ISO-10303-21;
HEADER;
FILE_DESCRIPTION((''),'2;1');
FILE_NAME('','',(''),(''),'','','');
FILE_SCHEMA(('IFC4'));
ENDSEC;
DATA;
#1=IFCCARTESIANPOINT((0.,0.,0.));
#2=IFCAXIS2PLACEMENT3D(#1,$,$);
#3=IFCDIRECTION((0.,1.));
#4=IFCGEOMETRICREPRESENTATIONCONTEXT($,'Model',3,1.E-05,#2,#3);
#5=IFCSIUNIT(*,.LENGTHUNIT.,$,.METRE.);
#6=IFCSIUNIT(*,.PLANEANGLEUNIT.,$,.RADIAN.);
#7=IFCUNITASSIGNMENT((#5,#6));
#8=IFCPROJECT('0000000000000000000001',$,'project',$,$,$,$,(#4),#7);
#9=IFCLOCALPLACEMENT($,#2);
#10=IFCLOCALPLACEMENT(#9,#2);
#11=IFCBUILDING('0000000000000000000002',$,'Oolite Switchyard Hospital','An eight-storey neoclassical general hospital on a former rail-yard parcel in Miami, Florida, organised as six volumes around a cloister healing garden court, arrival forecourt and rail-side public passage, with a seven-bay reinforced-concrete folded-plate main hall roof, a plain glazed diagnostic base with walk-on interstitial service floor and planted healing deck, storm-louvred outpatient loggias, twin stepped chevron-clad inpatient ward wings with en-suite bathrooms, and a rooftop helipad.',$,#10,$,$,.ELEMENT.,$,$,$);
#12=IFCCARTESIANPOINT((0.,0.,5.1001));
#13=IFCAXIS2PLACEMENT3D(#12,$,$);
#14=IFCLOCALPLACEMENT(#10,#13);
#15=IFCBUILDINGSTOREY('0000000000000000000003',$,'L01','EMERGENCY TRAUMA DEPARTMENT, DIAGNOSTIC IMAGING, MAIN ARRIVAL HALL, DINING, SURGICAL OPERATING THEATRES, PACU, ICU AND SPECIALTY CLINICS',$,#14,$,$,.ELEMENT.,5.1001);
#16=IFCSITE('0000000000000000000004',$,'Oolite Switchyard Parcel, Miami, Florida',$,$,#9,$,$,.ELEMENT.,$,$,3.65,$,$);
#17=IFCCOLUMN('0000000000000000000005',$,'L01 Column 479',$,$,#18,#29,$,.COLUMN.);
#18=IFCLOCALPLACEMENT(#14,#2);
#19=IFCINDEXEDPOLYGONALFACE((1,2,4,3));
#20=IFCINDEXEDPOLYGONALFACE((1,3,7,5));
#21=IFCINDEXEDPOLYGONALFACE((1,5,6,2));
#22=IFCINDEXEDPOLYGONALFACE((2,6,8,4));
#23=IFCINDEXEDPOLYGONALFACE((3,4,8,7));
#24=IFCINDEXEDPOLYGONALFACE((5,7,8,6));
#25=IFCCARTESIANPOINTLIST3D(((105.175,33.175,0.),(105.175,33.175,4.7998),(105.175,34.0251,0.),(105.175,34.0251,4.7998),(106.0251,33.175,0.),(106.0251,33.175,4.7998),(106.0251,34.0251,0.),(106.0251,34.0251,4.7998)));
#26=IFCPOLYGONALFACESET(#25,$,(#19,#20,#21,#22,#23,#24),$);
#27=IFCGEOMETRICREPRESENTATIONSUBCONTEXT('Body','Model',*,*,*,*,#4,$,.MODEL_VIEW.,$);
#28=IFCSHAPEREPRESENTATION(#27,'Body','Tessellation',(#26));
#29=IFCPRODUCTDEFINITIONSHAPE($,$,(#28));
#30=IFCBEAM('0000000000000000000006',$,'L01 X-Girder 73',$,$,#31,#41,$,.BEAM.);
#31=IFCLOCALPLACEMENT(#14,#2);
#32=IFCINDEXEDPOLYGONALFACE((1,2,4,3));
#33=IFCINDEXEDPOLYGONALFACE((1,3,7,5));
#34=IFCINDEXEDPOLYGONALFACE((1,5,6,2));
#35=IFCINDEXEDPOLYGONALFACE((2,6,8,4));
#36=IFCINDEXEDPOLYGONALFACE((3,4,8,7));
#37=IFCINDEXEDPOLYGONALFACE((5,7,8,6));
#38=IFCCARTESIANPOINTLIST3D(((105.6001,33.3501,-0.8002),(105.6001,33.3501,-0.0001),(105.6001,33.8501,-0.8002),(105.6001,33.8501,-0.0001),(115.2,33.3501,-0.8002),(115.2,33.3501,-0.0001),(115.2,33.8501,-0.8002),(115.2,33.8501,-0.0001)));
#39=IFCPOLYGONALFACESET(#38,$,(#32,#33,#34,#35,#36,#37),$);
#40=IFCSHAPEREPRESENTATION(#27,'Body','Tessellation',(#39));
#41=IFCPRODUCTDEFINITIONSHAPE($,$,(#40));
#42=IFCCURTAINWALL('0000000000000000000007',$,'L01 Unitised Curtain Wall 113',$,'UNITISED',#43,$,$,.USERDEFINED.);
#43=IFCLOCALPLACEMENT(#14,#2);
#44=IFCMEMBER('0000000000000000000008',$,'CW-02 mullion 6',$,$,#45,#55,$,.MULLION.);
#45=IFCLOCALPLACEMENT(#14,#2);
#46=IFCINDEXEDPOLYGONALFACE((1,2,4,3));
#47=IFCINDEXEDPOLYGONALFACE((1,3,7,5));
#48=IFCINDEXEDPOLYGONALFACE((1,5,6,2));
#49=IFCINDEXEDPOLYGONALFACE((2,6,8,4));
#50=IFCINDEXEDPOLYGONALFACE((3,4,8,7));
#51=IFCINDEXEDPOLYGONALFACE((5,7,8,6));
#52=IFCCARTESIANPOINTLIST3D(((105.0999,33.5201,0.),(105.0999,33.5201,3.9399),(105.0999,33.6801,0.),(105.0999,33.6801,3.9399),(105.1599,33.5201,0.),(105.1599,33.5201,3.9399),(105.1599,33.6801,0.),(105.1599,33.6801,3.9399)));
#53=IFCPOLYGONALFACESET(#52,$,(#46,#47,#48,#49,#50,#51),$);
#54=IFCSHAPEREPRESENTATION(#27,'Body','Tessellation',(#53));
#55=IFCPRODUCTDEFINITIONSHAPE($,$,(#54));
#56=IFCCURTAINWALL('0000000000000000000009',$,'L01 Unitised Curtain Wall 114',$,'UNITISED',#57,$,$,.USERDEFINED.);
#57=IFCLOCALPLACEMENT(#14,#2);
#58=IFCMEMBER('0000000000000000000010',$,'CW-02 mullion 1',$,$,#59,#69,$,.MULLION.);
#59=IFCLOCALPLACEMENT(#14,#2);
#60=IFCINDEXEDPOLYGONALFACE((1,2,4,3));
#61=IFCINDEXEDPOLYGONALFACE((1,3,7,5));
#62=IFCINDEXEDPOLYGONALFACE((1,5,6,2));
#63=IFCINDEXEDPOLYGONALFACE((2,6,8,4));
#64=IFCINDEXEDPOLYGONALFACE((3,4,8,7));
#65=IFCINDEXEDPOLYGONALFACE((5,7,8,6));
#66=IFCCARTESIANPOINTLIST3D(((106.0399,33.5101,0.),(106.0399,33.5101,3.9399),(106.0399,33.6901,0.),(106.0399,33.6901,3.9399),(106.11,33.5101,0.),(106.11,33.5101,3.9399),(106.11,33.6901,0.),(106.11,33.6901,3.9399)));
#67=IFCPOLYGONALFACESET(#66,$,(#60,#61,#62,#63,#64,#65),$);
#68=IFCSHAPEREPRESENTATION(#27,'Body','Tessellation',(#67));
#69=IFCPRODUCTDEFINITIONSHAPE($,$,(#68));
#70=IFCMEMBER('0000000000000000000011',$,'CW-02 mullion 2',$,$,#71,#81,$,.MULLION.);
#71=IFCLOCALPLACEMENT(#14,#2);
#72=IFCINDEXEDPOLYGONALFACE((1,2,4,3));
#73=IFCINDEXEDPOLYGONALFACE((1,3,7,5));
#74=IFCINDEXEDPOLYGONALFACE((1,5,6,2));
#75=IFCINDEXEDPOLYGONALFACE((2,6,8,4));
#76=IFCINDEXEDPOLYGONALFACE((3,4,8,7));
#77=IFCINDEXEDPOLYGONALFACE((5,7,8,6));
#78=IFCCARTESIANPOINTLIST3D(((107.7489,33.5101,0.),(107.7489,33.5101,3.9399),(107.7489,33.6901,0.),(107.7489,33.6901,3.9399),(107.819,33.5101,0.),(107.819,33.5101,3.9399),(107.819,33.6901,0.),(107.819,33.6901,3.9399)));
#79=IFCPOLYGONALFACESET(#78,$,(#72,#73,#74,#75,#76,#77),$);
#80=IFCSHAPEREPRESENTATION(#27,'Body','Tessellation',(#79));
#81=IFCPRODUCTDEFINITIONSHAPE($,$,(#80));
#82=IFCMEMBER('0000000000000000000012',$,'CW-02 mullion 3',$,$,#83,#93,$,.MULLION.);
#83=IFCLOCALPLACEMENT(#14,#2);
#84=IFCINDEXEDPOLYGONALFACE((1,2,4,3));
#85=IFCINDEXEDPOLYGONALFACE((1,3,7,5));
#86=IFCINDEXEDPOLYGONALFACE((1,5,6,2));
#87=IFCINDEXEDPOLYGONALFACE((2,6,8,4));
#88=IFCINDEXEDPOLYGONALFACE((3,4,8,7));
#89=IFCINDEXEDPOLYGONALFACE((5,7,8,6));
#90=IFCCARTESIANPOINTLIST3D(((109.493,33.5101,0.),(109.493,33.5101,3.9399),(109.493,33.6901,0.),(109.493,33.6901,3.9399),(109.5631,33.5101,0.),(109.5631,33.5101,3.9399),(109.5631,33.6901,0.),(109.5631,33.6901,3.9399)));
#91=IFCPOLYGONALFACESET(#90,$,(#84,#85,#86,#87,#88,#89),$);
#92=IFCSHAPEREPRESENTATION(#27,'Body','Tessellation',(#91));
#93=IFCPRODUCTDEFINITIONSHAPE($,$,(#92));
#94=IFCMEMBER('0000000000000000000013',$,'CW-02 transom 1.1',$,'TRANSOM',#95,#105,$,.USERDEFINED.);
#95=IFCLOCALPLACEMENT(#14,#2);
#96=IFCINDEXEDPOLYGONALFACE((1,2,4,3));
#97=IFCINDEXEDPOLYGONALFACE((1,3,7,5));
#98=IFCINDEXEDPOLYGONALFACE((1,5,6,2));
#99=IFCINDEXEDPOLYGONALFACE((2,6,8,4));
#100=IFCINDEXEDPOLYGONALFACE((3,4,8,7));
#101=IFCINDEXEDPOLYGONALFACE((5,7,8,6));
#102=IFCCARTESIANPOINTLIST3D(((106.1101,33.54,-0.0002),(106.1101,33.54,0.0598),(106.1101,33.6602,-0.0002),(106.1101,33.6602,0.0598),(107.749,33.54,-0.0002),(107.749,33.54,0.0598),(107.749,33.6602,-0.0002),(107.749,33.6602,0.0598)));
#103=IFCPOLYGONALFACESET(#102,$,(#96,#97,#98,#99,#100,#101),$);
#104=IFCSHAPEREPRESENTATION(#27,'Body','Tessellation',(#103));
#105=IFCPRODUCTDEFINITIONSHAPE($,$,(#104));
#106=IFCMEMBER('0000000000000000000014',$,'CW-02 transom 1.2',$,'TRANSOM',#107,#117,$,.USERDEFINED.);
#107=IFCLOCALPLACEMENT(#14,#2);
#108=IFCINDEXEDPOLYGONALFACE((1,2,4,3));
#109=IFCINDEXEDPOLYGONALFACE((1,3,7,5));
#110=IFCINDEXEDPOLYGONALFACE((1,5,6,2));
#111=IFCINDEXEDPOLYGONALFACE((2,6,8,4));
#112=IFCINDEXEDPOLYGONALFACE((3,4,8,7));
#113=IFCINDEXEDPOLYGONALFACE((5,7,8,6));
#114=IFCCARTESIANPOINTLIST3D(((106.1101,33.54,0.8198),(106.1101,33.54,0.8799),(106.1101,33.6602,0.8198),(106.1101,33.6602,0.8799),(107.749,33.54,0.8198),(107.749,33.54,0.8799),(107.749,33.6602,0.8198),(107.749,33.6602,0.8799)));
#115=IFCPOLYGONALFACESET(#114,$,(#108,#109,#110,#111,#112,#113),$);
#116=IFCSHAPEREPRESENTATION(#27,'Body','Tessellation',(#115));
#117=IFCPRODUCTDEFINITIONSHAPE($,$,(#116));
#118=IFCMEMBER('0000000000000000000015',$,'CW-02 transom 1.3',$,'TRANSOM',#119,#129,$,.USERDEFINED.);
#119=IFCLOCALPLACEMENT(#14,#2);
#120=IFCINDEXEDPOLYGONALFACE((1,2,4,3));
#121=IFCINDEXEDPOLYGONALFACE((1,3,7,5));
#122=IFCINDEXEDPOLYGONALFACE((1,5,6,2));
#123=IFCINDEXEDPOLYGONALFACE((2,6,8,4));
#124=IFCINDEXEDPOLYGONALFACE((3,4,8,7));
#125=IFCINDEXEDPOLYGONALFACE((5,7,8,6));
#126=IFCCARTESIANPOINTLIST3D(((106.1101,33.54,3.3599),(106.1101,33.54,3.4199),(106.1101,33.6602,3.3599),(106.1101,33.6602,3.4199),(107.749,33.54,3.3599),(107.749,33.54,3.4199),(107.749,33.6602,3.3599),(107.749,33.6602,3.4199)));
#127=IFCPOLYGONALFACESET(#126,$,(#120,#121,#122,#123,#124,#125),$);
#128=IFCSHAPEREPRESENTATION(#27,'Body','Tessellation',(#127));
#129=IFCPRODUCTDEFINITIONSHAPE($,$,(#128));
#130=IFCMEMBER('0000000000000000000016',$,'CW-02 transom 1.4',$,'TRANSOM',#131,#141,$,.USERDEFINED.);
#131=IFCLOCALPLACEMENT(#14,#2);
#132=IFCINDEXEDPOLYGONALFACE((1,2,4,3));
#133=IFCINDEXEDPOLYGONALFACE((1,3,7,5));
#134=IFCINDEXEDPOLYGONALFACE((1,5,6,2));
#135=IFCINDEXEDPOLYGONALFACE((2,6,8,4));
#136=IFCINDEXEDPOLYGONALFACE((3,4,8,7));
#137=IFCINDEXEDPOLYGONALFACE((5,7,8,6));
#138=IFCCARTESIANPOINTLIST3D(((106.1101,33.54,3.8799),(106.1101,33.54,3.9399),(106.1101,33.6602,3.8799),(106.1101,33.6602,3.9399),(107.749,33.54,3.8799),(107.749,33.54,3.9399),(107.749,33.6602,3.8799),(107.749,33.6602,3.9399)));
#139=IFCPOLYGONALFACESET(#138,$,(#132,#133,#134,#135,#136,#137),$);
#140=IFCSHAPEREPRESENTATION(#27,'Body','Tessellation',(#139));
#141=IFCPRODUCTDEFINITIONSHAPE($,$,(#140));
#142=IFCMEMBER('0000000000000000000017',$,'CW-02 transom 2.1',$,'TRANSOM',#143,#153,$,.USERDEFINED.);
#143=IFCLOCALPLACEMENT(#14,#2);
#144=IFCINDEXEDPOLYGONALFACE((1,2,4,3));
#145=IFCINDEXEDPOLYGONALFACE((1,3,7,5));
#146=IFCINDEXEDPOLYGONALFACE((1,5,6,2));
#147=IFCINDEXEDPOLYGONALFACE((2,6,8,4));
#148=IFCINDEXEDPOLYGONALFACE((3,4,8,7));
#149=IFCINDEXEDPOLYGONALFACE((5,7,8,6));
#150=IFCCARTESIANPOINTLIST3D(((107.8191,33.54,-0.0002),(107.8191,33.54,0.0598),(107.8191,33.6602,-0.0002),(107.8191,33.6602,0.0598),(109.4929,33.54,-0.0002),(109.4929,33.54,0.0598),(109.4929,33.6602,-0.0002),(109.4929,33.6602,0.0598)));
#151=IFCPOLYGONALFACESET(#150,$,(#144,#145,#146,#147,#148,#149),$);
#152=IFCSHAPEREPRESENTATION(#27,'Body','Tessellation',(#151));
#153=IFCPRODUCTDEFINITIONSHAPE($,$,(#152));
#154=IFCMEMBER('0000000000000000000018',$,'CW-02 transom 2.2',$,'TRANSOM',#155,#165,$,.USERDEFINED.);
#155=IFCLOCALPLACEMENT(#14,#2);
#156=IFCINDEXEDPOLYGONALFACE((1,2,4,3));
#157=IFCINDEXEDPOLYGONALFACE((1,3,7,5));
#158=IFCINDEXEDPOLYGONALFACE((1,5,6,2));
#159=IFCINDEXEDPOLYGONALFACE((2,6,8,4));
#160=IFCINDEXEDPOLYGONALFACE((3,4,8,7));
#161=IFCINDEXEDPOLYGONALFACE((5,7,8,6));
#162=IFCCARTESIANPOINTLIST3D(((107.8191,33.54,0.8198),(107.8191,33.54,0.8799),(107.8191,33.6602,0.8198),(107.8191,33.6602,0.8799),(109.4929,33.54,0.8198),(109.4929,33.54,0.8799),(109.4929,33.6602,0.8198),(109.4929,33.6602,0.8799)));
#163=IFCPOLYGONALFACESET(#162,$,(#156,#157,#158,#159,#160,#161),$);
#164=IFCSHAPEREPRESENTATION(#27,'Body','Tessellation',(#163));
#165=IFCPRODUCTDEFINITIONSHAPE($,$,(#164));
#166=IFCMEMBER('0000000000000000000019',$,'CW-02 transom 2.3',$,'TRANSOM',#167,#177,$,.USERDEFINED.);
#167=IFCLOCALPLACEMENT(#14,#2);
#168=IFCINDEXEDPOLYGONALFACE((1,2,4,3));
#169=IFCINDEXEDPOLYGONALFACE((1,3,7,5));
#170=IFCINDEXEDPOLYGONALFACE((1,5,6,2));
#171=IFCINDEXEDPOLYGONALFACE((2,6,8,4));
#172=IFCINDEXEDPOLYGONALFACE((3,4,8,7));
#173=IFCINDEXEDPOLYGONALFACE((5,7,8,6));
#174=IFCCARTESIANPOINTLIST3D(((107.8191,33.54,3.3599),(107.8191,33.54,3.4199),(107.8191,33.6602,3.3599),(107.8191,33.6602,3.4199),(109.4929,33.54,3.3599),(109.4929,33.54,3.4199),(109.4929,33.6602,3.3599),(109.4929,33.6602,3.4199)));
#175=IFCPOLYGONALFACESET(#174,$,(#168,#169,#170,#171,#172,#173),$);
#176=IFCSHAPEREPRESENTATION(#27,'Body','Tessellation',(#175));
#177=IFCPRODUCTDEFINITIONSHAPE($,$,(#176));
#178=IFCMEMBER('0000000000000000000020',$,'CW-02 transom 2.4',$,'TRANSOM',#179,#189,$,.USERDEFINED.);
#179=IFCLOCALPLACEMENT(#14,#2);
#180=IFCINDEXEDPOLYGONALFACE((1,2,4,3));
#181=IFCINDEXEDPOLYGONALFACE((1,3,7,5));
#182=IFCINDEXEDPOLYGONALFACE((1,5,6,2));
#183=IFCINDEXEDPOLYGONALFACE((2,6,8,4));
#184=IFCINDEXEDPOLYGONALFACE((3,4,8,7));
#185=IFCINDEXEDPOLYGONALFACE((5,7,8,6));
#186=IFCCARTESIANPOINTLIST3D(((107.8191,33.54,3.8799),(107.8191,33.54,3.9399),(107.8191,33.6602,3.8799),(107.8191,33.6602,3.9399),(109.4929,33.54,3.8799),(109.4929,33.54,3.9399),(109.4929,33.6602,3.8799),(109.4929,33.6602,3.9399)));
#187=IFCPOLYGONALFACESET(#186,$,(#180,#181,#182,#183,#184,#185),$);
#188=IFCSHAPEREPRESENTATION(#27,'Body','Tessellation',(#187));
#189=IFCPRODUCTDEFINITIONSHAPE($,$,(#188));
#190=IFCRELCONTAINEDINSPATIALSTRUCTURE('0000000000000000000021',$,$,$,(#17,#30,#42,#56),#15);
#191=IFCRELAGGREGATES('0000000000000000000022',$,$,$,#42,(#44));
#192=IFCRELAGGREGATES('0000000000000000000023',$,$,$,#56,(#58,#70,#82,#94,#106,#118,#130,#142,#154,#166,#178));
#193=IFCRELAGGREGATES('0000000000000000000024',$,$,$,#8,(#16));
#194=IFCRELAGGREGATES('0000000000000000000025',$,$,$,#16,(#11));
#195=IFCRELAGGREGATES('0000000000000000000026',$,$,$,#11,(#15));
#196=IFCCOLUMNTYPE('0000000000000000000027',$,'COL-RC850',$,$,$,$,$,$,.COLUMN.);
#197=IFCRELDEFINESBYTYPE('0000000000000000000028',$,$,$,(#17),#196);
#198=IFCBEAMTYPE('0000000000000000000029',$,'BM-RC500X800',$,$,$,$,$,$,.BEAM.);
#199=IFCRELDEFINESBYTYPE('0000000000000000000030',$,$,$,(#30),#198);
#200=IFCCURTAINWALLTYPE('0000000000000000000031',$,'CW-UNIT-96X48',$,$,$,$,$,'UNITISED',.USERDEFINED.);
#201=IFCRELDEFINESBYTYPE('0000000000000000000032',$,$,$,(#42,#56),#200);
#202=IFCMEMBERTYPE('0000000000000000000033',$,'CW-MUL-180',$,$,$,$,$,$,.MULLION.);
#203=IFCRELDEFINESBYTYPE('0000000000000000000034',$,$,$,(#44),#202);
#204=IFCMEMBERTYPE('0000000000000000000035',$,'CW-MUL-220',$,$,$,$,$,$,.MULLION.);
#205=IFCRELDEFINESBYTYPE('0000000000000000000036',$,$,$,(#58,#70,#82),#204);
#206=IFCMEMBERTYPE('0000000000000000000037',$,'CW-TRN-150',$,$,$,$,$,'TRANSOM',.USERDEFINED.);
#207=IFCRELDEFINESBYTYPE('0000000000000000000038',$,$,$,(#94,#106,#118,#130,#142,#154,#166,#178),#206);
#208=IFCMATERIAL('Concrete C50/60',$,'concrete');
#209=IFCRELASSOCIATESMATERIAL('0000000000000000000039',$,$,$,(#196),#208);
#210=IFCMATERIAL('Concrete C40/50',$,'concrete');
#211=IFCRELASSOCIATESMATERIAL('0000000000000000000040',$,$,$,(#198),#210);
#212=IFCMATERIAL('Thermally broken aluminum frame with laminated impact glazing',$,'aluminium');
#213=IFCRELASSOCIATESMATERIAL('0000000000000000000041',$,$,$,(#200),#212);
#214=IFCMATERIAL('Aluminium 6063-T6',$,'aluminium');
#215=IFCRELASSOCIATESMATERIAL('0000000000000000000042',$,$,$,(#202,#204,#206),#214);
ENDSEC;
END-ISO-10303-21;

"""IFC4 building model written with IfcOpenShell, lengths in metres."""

from ifc_helpers import new_model, si_unit, direction, frame, origin, origin_2d, place, context, subcontext, project, spatial, rectangle, extrude, material, material_profile, profile_set, type_object, element, aggregate, save


model = new_model("IFC4")

# Units and contexts
model_context = context("Model", 3, precision=1e-05, world=origin(), true_north=direction((0.0, 1.0)))
body_context = subcontext(model_context, "Body", "Model", "MODEL_VIEW")
ifc_project = project(units=[si_unit("LENGTHUNIT", "METRE"), si_unit("PLANEANGLEUNIT", "RADIAN")], contexts=[model_context])

# Site, building, storey
site_placement = place(None, origin())
site = spatial("IfcSite", under=ifc_project, at=site_placement, Name="Oolite Switchyard Parcel, Miami, Florida", CompositionType="ELEMENT", RefElevation=3.65)
building_placement = place(site_placement, origin())
building = spatial("IfcBuilding", under=site, at=building_placement, Name="Oolite Switchyard Hospital", Description="An eight-storey neoclassical general hospital on a former rail-yard parcel in Miami, Florida, organised as six volumes around a cloister healing garden court, arrival forecourt and rail-side public passage, with a seven-bay reinforced-concrete folded-plate main hall roof, a plain glazed diagnostic base with walk-on interstitial service floor and planted healing deck, storm-louvred outpatient loggias, twin stepped chevron-clad inpatient ward wings with en-suite bathrooms, and a rooftop helipad.", CompositionType="ELEMENT")
storey_placement = place(building_placement, frame((0.0, 0.0, 5.1001)))
storey = spatial("IfcBuildingStorey", under=building, at=storey_placement, Name="L01", Description="EMERGENCY TRAUMA DEPARTMENT, DIAGNOSTIC IMAGING, MAIN ARRIVAL HALL, DINING, SURGICAL OPERATING THEATRES, PACU, ICU AND SPECIALTY CLINICS", CompositionType="ELEMENT", Elevation=5.1001)

# Column
ifc_material_1 = material(Name="Concrete C50/60", Category="concrete")
ifc_material_profile_1 = material_profile(ifc_material_1, rectangle(XDim=0.8501, YDim=0.8501, at=origin_2d()), Name="RC850X850")
ifc_profile_set_1 = profile_set([ifc_material_profile_1], Name="Concrete C50/60")
column_type = type_object("IfcColumnType", Name="COL-RC850", PredefinedType="COLUMN", material=ifc_profile_set_1)
column_placement = place(storey_placement, frame((105.6001, 33.6001, 0.0), z_axis=(0.0, 0.0, 1.0), x_axis=(1.0, 0.0, 0.0)))
element("IfcColumn", 1, at=column_placement, inside=storey, type_object=column_type, Name="L01 Column 479", PredefinedType="COLUMN", context=body_context, shape_type="SweptSolid", body=[
    extrude(rectangle(XDim=0.8501, YDim=0.8501, at=origin_2d()), origin(), (0.0, 0.0, 1.0), 4.7998),
])

# Beam
ifc_material_2 = material(Name="Concrete C40/50", Category="concrete")
ifc_material_profile_2 = material_profile(ifc_material_2, rectangle(XDim=0.5, YDim=0.8, at=origin_2d()), Name="RCB500X800")
ifc_profile_set_2 = profile_set([ifc_material_profile_2], Name="Concrete C40/50")
beam_type = type_object("IfcBeamType", Name="BM-RC500X800", PredefinedType="BEAM", material=ifc_profile_set_2)
beam_placement = place(storey_placement, frame((105.6001, 33.6001, -0.4001), z_axis=(1.0, 0.0, 0.0), x_axis=(0.0, 1.0, 0.0)))
element("IfcBeam", 2, at=beam_placement, inside=storey, type_object=beam_type, Name="L01 X-Girder 73", PredefinedType="BEAM", context=body_context, shape_type="SweptSolid", body=[
    extrude(rectangle(XDim=0.5, YDim=0.8, at=origin_2d()), origin(), (0.0, 0.0, 1.0), 9.5999),
])

# Curtain wall, member
ifc_material_3 = material(Name="Thermally broken aluminum frame with laminated impact glazing", Category="aluminium")
curtain_wall_type = type_object("IfcCurtainWallType", Name="CW-UNIT-96X48", ElementType="UNITISED", PredefinedType="USERDEFINED", material=ifc_material_3)
curtain_wall_1_placement = place(storey_placement, origin())
curtain_wall_1 = element("IfcCurtainWall", 3, at=curtain_wall_1_placement, inside=storey, type_object=curtain_wall_type, Name="L01 Unitised Curtain Wall 113", ObjectType="UNITISED", PredefinedType="USERDEFINED")
ifc_material_4 = material(Name="Aluminium 6063-T6", Category="aluminium")
ifc_material_profile_3 = material_profile(ifc_material_4, rectangle(XDim=0.1599, YDim=0.0601, at=origin_2d()), Name="CWM60X160")
ifc_profile_set_3 = profile_set([ifc_material_profile_3], Name="Aluminium 6063-T6")
member_type_1 = type_object("IfcMemberType", Name="CW-MUL-180", PredefinedType="MULLION", material=ifc_profile_set_3)
member_1_placement = place(storey_placement, frame((105.1299, 33.6001, 0.0), z_axis=(0.0, 0.0, 1.0), x_axis=(0.0, 1.0, 0.0)))
member_1 = element("IfcMember", 4, at=member_1_placement, type_object=member_type_1, Name="CW-02 mullion 6", PredefinedType="MULLION", context=body_context, shape_type="SweptSolid", body=[
    extrude(rectangle(XDim=0.1599, YDim=0.0601, at=origin_2d()), origin(), (0.0, 0.0, 1.0), 3.9399),
])

# Curtain wall, members
curtain_wall_2_placement = place(storey_placement, origin())
curtain_wall_2 = element("IfcCurtainWall", 5, at=curtain_wall_2_placement, inside=storey, type_object=curtain_wall_type, Name="L01 Unitised Curtain Wall 114", ObjectType="UNITISED", PredefinedType="USERDEFINED")
ifc_material_profile_4 = material_profile(ifc_material_4, rectangle(XDim=0.1799, YDim=0.0701, at=origin_2d()), Name="CWM70X180")
ifc_profile_set_4 = profile_set([ifc_material_profile_4], Name="Aluminium 6063-T6")
member_type_2 = type_object("IfcMemberType", Name="CW-MUL-220", PredefinedType="MULLION", material=ifc_profile_set_4)
member_2_placement = place(storey_placement, frame((106.075, 33.6001, 0.0), z_axis=(0.0, 0.0, 1.0), x_axis=(0.0, 1.0, 0.0)))
member_2 = element("IfcMember", 6, at=member_2_placement, type_object=member_type_2, Name="CW-02 mullion 1", PredefinedType="MULLION", context=body_context, shape_type="SweptSolid", body=[
    extrude(rectangle(XDim=0.1799, YDim=0.0701, at=origin_2d()), origin(), (0.0, 0.0, 1.0), 3.9399),
])
member_3_placement = place(storey_placement, frame((107.7839, 33.6001, 0.0), z_axis=(0.0, 0.0, 1.0), x_axis=(0.0, 1.0, 0.0)))
member_3 = element("IfcMember", 7, at=member_3_placement, type_object=member_type_2, Name="CW-02 mullion 2", PredefinedType="MULLION", context=body_context, shape_type="SweptSolid", body=[
    extrude(rectangle(XDim=0.1799, YDim=0.0701, at=origin_2d()), origin(), (0.0, 0.0, 1.0), 3.9399),
])
member_4_placement = place(storey_placement, frame((109.5281, 33.6001, 0.0), z_axis=(0.0, 0.0, 1.0), x_axis=(0.0, 1.0, 0.0)))
member_4 = element("IfcMember", 8, at=member_4_placement, type_object=member_type_2, Name="CW-02 mullion 3", PredefinedType="MULLION", context=body_context, shape_type="SweptSolid", body=[
    extrude(rectangle(XDim=0.1799, YDim=0.0701, at=origin_2d()), origin(), (0.0, 0.0, 1.0), 3.9399),
])
ifc_material_profile_5 = material_profile(ifc_material_4, rectangle(XDim=0.1201, YDim=0.0601, at=origin_2d()), Name="CWT60X120")
ifc_profile_set_5 = profile_set([ifc_material_profile_5], Name="Aluminium 6063-T6")
member_type_3 = type_object("IfcMemberType", Name="CW-TRN-150", ElementType="TRANSOM", PredefinedType="USERDEFINED", material=ifc_profile_set_5)
member_5_placement = place(storey_placement, frame((106.1101, 33.6001, 0.0298), z_axis=(1.0, 0.0, 0.0), x_axis=(0.0, 1.0, 0.0)))
member_5 = element("IfcMember", 9, at=member_5_placement, type_object=member_type_3, Name="CW-02 transom 1.1", ObjectType="TRANSOM", PredefinedType="USERDEFINED", context=body_context, shape_type="SweptSolid", body=[
    extrude(rectangle(XDim=0.1201, YDim=0.0601, at=origin_2d()), origin(), (0.0, 0.0, 1.0), 1.6389),
])
member_6_placement = place(storey_placement, frame((106.1101, 33.6001, 0.8499), z_axis=(1.0, 0.0, 0.0), x_axis=(0.0, 1.0, 0.0)))
member_6 = element("IfcMember", 10, at=member_6_placement, type_object=member_type_3, Name="CW-02 transom 1.2", ObjectType="TRANSOM", PredefinedType="USERDEFINED", context=body_context, shape_type="SweptSolid", body=[
    extrude(rectangle(XDim=0.1201, YDim=0.0601, at=origin_2d()), origin(), (0.0, 0.0, 1.0), 1.6389),
])
member_7_placement = place(storey_placement, frame((106.1101, 33.6001, 3.3899), z_axis=(1.0, 0.0, 0.0), x_axis=(0.0, 1.0, 0.0)))
member_7 = element("IfcMember", 11, at=member_7_placement, type_object=member_type_3, Name="CW-02 transom 1.3", ObjectType="TRANSOM", PredefinedType="USERDEFINED", context=body_context, shape_type="SweptSolid", body=[
    extrude(rectangle(XDim=0.1201, YDim=0.0601, at=origin_2d()), origin(), (0.0, 0.0, 1.0), 1.6389),
])
member_8_placement = place(storey_placement, frame((106.1101, 33.6001, 3.9099), z_axis=(1.0, 0.0, 0.0), x_axis=(0.0, 1.0, 0.0)))
member_8 = element("IfcMember", 12, at=member_8_placement, type_object=member_type_3, Name="CW-02 transom 1.4", ObjectType="TRANSOM", PredefinedType="USERDEFINED", context=body_context, shape_type="SweptSolid", body=[
    extrude(rectangle(XDim=0.1201, YDim=0.0601, at=origin_2d()), origin(), (0.0, 0.0, 1.0), 1.6389),
])
member_9_placement = place(storey_placement, frame((107.8191, 33.6001, 0.0298), z_axis=(1.0, 0.0, 0.0), x_axis=(0.0, 1.0, 0.0)))
member_9 = element("IfcMember", 13, at=member_9_placement, type_object=member_type_3, Name="CW-02 transom 2.1", ObjectType="TRANSOM", PredefinedType="USERDEFINED", context=body_context, shape_type="SweptSolid", body=[
    extrude(rectangle(XDim=0.1201, YDim=0.0601, at=origin_2d()), origin(), (0.0, 0.0, 1.0), 1.6738),
])
member_10_placement = place(storey_placement, frame((107.8191, 33.6001, 0.8499), z_axis=(1.0, 0.0, 0.0), x_axis=(0.0, 1.0, 0.0)))
member_10 = element("IfcMember", 14, at=member_10_placement, type_object=member_type_3, Name="CW-02 transom 2.2", ObjectType="TRANSOM", PredefinedType="USERDEFINED", context=body_context, shape_type="SweptSolid", body=[
    extrude(rectangle(XDim=0.1201, YDim=0.0601, at=origin_2d()), origin(), (0.0, 0.0, 1.0), 1.6738),
])
member_11_placement = place(storey_placement, frame((107.8191, 33.6001, 3.3899), z_axis=(1.0, 0.0, 0.0), x_axis=(0.0, 1.0, 0.0)))
member_11 = element("IfcMember", 15, at=member_11_placement, type_object=member_type_3, Name="CW-02 transom 2.3", ObjectType="TRANSOM", PredefinedType="USERDEFINED", context=body_context, shape_type="SweptSolid", body=[
    extrude(rectangle(XDim=0.1201, YDim=0.0601, at=origin_2d()), origin(), (0.0, 0.0, 1.0), 1.6738),
])
member_12_placement = place(storey_placement, frame((107.8191, 33.6001, 3.9099), z_axis=(1.0, 0.0, 0.0), x_axis=(0.0, 1.0, 0.0)))
member_12 = element("IfcMember", 16, at=member_12_placement, type_object=member_type_3, Name="CW-02 transom 2.4", ObjectType="TRANSOM", PredefinedType="USERDEFINED", context=body_context, shape_type="SweptSolid", body=[
    extrude(rectangle(XDim=0.1201, YDim=0.0601, at=origin_2d()), origin(), (0.0, 0.0, 1.0), 1.6738),
])

aggregate(curtain_wall_1, [member_1])
aggregate(curtain_wall_2, [member_2, member_3, member_4, member_5, member_6, member_7, member_8, member_9, member_10, member_11, member_12])

save(model, "model.ifc")
